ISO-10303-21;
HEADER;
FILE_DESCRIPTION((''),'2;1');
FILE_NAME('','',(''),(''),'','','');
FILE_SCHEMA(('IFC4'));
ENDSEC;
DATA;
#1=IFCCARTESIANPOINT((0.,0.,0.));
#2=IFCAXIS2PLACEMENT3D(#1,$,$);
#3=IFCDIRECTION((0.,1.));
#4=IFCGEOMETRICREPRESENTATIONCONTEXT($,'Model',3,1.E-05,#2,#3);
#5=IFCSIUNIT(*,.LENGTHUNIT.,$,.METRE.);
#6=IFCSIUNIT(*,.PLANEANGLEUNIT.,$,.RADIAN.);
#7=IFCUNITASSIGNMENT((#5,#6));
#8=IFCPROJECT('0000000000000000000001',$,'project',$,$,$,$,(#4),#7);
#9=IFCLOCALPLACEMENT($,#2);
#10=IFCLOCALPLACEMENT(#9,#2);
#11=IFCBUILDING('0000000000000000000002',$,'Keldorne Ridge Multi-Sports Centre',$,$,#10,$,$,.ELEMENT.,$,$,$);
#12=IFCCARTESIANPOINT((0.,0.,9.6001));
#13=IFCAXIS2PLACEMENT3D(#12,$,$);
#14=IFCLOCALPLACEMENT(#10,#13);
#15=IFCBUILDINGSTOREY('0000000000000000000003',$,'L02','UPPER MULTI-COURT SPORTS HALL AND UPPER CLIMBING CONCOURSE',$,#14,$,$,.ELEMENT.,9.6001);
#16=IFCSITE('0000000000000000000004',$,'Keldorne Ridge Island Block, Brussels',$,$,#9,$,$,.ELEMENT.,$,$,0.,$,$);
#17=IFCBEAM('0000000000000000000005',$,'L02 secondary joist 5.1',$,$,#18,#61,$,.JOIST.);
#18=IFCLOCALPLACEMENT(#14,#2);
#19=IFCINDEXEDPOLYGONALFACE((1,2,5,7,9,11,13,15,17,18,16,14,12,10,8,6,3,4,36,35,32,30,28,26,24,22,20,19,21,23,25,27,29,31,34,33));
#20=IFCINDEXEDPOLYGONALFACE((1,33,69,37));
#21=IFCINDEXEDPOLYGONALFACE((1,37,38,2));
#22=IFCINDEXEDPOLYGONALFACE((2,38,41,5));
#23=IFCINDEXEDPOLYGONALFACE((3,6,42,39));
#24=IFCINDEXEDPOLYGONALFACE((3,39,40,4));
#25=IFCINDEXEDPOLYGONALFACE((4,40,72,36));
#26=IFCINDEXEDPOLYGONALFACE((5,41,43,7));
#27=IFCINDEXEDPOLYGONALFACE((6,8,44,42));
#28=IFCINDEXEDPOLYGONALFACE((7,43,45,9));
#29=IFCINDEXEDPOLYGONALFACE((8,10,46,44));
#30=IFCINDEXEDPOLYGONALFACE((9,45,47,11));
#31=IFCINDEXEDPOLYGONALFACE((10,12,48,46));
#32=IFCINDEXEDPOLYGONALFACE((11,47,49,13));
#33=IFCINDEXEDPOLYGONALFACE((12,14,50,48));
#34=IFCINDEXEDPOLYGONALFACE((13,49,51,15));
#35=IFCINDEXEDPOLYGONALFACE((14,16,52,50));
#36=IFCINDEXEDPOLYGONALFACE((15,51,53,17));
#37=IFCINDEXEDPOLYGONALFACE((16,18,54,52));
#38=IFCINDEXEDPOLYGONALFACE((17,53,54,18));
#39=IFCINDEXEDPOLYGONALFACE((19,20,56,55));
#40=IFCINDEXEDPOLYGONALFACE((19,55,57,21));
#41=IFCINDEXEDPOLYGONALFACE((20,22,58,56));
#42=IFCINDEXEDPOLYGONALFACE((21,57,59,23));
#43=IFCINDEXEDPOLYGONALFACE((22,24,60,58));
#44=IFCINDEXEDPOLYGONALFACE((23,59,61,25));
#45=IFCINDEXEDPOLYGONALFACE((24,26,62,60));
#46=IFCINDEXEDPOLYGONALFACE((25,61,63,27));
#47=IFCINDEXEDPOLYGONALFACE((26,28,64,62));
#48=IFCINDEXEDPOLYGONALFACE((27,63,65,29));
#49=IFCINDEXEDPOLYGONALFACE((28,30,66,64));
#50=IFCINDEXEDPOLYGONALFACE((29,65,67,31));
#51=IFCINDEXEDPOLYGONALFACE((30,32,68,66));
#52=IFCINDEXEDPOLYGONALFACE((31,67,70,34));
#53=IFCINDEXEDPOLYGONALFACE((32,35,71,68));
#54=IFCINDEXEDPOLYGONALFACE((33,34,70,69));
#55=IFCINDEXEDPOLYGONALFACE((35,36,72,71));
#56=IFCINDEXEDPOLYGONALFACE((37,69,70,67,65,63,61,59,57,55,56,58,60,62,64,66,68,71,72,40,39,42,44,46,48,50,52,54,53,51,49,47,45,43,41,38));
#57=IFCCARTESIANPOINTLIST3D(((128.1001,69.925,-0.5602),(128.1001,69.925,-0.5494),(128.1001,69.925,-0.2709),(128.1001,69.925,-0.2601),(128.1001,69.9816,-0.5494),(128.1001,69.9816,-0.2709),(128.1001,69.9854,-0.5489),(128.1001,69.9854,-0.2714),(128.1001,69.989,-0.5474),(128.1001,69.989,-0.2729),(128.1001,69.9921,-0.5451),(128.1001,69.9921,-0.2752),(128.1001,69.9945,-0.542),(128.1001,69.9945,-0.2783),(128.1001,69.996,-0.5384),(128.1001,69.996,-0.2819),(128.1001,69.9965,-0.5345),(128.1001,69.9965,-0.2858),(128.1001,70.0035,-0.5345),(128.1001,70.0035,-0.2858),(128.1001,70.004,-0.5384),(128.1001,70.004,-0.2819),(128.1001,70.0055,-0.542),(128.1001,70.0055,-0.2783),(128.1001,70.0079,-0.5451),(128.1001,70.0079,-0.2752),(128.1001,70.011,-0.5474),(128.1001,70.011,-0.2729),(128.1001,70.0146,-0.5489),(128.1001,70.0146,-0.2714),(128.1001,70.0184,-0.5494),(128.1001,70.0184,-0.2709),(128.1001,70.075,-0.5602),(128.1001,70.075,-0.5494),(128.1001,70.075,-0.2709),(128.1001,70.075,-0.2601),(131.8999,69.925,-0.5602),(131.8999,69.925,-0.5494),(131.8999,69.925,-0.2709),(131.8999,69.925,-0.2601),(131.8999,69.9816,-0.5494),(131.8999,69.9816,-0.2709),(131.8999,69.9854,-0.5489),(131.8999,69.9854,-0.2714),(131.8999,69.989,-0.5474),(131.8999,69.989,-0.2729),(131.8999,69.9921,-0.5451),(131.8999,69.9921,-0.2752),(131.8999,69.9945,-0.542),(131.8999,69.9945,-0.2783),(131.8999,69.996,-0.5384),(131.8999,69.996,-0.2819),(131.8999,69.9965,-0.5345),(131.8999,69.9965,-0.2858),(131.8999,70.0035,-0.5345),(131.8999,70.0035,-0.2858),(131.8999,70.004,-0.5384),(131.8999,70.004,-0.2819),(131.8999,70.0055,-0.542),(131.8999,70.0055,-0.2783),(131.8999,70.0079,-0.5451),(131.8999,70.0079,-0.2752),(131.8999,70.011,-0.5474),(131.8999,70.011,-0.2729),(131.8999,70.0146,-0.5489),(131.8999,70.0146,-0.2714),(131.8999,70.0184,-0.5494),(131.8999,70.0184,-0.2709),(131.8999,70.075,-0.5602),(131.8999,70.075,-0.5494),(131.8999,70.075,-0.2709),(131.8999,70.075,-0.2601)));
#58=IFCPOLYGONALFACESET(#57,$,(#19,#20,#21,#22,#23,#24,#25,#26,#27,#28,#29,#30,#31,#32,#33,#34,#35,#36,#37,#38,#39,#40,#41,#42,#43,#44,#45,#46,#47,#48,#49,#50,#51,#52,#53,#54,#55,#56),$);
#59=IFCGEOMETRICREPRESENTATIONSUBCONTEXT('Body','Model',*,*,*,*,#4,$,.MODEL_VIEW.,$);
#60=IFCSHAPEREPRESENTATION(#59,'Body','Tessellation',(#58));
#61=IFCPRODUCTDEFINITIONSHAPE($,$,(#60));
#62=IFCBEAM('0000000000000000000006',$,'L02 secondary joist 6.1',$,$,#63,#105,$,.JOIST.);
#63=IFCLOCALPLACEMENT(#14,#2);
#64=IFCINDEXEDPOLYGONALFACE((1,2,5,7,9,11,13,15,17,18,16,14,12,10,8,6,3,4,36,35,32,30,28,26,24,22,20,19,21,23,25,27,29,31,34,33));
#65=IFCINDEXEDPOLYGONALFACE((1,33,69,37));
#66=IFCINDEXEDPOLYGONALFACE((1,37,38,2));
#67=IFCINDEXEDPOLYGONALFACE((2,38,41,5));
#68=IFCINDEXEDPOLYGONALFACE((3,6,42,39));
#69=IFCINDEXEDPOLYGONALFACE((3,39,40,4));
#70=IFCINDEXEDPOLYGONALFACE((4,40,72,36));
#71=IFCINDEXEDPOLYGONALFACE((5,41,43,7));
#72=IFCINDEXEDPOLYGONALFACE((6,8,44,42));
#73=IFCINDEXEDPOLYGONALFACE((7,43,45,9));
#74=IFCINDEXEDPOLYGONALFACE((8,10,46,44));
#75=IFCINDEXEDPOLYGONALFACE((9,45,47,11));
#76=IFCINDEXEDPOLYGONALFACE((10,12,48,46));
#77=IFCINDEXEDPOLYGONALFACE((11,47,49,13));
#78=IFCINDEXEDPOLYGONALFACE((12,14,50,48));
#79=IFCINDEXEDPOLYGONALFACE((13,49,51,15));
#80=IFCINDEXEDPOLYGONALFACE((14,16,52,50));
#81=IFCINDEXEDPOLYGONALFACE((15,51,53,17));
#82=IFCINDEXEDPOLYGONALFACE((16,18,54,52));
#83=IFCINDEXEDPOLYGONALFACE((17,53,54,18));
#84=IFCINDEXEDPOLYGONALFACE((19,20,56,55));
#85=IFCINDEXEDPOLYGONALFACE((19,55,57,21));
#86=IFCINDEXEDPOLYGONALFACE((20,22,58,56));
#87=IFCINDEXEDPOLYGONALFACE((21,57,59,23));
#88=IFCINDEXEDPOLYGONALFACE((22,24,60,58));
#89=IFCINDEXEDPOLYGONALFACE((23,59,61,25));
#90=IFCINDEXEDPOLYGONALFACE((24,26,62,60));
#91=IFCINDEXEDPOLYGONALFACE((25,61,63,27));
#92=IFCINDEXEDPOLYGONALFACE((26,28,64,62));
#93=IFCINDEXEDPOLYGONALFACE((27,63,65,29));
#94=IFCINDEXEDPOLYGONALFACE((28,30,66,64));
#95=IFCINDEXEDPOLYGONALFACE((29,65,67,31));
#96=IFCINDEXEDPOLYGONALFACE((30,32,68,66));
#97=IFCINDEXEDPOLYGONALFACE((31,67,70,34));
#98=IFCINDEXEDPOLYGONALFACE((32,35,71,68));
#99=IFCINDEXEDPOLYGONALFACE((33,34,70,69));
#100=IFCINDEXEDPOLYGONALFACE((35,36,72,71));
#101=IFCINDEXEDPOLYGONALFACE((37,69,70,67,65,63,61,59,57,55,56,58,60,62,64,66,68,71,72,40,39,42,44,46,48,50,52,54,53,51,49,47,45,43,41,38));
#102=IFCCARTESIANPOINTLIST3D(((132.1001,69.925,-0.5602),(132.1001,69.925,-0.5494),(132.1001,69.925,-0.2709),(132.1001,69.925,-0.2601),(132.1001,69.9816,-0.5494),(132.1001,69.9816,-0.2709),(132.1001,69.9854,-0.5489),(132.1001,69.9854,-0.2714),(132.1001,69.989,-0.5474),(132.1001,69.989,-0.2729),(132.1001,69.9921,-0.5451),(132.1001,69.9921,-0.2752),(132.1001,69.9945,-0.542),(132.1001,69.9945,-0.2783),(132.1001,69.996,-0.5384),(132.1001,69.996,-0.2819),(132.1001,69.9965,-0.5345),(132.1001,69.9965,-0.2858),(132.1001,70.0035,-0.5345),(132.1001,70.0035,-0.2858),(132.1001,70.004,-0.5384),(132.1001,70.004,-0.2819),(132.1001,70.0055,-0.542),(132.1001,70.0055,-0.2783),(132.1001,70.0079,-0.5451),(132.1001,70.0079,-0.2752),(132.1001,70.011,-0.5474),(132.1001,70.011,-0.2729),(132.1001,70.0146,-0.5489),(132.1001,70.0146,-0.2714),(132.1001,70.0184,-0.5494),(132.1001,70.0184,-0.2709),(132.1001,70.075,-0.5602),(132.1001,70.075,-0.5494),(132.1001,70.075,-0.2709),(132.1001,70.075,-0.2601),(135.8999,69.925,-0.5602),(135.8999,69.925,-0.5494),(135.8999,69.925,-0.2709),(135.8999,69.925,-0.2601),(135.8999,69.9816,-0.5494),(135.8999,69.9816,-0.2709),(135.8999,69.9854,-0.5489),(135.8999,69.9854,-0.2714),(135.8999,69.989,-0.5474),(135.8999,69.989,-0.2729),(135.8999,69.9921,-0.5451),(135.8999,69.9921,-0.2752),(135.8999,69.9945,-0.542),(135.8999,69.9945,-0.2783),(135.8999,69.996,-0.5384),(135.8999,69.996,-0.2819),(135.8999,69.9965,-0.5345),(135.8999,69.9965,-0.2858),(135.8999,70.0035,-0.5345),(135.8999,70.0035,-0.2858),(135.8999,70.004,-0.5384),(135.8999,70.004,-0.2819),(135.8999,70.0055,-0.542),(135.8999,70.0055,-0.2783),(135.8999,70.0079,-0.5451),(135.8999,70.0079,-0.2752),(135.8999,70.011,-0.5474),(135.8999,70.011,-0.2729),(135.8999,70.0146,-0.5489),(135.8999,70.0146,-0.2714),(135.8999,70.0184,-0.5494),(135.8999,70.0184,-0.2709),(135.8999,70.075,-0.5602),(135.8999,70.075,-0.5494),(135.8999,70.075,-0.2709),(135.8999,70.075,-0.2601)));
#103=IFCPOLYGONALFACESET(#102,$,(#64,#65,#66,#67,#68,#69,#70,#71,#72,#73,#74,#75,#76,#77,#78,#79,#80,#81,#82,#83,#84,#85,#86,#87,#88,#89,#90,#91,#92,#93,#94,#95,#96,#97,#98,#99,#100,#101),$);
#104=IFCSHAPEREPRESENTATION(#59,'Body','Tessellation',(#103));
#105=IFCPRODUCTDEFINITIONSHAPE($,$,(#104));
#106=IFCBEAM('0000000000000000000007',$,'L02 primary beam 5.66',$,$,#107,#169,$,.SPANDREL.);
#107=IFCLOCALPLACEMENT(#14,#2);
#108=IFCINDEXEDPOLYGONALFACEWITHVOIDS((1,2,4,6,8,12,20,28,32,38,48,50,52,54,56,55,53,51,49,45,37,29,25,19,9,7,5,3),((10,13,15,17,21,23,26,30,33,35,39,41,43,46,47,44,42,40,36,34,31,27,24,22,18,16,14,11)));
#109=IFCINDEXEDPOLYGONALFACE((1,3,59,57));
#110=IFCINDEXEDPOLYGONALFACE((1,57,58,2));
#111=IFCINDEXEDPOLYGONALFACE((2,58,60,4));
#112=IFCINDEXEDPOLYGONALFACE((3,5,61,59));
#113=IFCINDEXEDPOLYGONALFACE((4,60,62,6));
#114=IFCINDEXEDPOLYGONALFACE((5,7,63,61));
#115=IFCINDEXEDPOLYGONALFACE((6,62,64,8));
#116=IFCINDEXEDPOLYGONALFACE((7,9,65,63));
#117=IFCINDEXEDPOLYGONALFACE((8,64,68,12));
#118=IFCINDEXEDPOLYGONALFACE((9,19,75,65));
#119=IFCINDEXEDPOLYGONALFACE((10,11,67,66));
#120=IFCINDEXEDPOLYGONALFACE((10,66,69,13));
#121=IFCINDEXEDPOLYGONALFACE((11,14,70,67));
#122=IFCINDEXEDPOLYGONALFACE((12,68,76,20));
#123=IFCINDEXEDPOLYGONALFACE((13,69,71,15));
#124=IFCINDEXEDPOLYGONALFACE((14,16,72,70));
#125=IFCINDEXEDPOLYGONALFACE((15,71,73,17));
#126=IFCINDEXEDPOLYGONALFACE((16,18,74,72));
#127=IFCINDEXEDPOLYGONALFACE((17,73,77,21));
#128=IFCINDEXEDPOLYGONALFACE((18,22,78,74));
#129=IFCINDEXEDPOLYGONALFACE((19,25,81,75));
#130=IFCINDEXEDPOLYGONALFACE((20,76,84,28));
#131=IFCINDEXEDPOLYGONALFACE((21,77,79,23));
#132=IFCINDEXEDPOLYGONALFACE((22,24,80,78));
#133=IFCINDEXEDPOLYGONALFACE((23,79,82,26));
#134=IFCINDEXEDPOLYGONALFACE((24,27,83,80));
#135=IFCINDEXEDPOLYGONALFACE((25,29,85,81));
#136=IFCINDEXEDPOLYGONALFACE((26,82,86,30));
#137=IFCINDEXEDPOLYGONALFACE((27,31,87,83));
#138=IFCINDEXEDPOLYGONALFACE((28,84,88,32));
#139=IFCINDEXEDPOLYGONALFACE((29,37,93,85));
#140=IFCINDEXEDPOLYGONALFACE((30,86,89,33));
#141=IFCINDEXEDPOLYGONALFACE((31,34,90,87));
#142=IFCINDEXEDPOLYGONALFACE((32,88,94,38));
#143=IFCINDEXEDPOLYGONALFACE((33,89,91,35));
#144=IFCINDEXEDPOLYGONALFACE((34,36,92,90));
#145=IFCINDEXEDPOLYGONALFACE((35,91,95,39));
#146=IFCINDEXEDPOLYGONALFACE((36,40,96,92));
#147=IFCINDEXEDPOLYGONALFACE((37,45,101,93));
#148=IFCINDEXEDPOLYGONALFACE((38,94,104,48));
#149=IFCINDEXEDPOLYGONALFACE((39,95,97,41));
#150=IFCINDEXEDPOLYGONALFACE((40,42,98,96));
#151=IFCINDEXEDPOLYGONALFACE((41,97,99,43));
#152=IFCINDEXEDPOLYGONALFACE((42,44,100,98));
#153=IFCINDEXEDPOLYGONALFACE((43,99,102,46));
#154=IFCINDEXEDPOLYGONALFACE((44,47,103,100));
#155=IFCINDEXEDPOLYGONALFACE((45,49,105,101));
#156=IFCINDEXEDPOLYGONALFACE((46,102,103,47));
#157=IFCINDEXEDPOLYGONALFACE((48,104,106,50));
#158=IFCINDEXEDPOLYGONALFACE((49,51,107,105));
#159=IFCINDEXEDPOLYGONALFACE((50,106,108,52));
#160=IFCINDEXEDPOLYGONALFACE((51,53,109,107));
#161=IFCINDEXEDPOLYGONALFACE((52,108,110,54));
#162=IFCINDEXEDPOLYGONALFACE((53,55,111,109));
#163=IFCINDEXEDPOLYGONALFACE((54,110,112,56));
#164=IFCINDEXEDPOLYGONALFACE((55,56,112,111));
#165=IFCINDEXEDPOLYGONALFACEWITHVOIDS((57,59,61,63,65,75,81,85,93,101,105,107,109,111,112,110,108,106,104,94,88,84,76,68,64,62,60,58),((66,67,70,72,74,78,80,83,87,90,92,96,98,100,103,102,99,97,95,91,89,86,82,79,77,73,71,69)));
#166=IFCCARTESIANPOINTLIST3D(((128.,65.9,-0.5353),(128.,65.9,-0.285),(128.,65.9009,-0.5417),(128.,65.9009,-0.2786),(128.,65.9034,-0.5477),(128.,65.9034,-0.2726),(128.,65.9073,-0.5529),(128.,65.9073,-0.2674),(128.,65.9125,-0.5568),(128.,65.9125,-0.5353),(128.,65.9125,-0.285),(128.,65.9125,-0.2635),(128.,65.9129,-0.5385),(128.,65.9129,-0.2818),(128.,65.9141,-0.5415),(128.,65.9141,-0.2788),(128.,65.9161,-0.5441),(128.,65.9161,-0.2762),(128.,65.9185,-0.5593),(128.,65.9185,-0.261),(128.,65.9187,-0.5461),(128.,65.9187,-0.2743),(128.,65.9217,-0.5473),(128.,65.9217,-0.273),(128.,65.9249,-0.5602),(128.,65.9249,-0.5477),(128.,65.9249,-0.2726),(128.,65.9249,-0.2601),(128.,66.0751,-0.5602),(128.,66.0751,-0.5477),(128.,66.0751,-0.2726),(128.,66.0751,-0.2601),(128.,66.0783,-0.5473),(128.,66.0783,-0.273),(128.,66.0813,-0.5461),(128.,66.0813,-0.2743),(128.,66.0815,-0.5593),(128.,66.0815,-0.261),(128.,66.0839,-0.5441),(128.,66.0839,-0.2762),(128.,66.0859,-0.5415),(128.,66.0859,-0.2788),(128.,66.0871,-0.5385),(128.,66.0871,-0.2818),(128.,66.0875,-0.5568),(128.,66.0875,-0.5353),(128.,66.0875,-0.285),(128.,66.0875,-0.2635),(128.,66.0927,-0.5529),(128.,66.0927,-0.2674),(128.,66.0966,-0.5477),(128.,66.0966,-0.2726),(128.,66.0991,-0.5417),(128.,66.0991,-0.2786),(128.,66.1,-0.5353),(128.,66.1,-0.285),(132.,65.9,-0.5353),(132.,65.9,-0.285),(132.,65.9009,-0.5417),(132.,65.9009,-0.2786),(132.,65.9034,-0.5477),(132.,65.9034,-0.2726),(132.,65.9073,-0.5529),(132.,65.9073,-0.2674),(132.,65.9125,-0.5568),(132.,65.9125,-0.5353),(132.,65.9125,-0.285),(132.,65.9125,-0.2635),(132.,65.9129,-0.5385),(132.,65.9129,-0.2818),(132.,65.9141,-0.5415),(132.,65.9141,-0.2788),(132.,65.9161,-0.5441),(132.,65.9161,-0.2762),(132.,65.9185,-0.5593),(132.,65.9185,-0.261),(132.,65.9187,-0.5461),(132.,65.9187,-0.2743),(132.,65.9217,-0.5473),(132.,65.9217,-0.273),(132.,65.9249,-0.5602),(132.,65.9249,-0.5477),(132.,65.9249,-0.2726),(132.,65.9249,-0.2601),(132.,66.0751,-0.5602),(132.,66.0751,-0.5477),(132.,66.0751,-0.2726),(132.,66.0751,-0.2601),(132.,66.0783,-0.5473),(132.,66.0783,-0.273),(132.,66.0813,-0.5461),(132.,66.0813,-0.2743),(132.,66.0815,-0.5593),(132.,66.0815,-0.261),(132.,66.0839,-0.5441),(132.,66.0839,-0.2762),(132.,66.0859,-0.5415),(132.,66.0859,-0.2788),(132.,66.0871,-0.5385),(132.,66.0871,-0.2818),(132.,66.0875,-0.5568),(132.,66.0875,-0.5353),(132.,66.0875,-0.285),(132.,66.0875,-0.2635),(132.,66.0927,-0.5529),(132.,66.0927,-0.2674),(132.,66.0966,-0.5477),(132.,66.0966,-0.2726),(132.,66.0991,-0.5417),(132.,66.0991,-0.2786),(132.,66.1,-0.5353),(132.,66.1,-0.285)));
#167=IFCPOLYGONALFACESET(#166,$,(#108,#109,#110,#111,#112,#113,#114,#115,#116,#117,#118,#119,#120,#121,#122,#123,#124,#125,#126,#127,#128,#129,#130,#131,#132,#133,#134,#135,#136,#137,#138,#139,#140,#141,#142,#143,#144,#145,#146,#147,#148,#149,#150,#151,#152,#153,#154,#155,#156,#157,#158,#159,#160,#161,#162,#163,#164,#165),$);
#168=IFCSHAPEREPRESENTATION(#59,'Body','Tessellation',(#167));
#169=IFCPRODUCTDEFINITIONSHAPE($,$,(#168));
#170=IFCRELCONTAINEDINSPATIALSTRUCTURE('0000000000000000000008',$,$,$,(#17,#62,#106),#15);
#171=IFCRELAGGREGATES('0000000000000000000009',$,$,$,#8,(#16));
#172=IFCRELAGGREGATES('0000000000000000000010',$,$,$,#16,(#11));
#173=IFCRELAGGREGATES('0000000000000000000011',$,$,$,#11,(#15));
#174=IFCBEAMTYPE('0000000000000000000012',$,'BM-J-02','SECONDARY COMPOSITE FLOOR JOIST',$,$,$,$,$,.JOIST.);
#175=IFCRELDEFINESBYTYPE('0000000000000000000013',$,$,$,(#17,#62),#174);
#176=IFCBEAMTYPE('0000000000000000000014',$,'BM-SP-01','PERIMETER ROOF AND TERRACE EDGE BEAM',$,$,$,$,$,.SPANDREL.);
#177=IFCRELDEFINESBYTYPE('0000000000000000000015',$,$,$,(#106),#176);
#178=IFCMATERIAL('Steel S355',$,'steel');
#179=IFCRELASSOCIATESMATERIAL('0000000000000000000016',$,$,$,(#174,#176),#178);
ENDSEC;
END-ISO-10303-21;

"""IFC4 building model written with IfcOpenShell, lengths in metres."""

from ifc_helpers import new_model, si_unit, direction, frame, origin, origin_2d, place, context, subcontext, project, spatial, hollow_rectangle, i_section, extrude, material, material_profile, profile_set, type_object, element, save


model = new_model("IFC4")

# Units and contexts
model_context = context("Model", 3, precision=1e-05, world=origin(), true_north=direction((0.0, 1.0)))
body_context = subcontext(model_context, "Body", "Model", "MODEL_VIEW")
ifc_project = project(units=[si_unit("LENGTHUNIT", "METRE"), si_unit("PLANEANGLEUNIT", "RADIAN")], contexts=[model_context])

# Site, building, storey
site_placement = place(None, origin())
site = spatial("IfcSite", under=ifc_project, at=site_placement, Name="Keldorne Ridge Island Block, Brussels", CompositionType="ELEMENT", RefElevation=0.0)
building_placement = place(site_placement, origin())
building = spatial("IfcBuilding", under=site, at=building_placement, Name="Keldorne Ridge Multi-Sports Centre", CompositionType="ELEMENT")
storey_placement = place(building_placement, frame((0.0, 0.0, 9.6001)))
storey = spatial("IfcBuildingStorey", under=building, at=storey_placement, Name="L02", Description="UPPER MULTI-COURT SPORTS HALL AND UPPER CLIMBING CONCOURSE", CompositionType="ELEMENT", Elevation=9.6001)

# Shared definitions
ifc_material_1 = material(Name="Steel S355", Category="steel")

# Beams
ifc_material_profile_1 = material_profile(ifc_material_1, i_section(OverallWidth=0.1499, OverallDepth=0.3, WebThickness=0.0071, FlangeThickness=0.0107, FilletRadius=0.0149, at=origin_2d()), Name="IPE 300")
ifc_profile_set_1 = profile_set([ifc_material_profile_1], Name="Steel S355")
beam_type_1 = type_object("IfcBeamType", Name="BM-J-02", Description="SECONDARY COMPOSITE FLOOR JOIST", PredefinedType="JOIST", material=ifc_profile_set_1)
for number, where, z_axis, x_axis, name in (
    (1, (128.1001, 70.0, -0.4102), (1.0, 0.0, 0.0), (0.0, 1.0, 0.0), "L02 secondary joist 5.1"),
    (2, (132.1001, 70.0, -0.4102), (1.0, 0.0, 0.0), (0.0, 1.0, 0.0), "L02 secondary joist 6.1"),
):
    element("IfcBeam", number, at=place(storey_placement, frame(where, z_axis=z_axis, x_axis=x_axis)), inside=storey, type_object=beam_type_1, Name=name, PredefinedType="JOIST", context=body_context, shape_type="SweptSolid", body=[
        extrude(i_section(OverallWidth=0.1499, OverallDepth=0.3, WebThickness=0.0071, FlangeThickness=0.0107, FilletRadius=0.0149, at=origin_2d()), origin(), (0.0, 0.0, 1.0), 3.7998),
    ])
ifc_material_profile_2 = material_profile(ifc_material_1, hollow_rectangle(XDim=0.2, YDim=0.3, WallThickness=0.0125, InnerFilletRadius=0.0125, OuterFilletRadius=0.0249, at=origin_2d()), Name="RHS 300x200x12.5")
ifc_profile_set_2 = profile_set([ifc_material_profile_2], Name="Steel S355")
beam_type_2 = type_object("IfcBeamType", Name="BM-SP-01", Description="PERIMETER ROOF AND TERRACE EDGE BEAM", PredefinedType="SPANDREL", material=ifc_profile_set_2)
for number, where, z_axis, x_axis, name in (
    (3, (128.0, 66.0, -0.4102), (1.0, 0.0, 0.0), (0.0, 1.0, 0.0), "L02 primary beam 5.66"),
):
    element("IfcBeam", number, at=place(storey_placement, frame(where, z_axis=z_axis, x_axis=x_axis)), inside=storey, type_object=beam_type_2, Name=name, PredefinedType="SPANDREL", context=body_context, shape_type="SweptSolid", body=[
        extrude(hollow_rectangle(XDim=0.2, YDim=0.3, WallThickness=0.0125, InnerFilletRadius=0.0125, OuterFilletRadius=0.0249, at=origin_2d()), origin(), (0.0, 0.0, 1.0), 4.0),
    ])

save(model, "model.ifc")
